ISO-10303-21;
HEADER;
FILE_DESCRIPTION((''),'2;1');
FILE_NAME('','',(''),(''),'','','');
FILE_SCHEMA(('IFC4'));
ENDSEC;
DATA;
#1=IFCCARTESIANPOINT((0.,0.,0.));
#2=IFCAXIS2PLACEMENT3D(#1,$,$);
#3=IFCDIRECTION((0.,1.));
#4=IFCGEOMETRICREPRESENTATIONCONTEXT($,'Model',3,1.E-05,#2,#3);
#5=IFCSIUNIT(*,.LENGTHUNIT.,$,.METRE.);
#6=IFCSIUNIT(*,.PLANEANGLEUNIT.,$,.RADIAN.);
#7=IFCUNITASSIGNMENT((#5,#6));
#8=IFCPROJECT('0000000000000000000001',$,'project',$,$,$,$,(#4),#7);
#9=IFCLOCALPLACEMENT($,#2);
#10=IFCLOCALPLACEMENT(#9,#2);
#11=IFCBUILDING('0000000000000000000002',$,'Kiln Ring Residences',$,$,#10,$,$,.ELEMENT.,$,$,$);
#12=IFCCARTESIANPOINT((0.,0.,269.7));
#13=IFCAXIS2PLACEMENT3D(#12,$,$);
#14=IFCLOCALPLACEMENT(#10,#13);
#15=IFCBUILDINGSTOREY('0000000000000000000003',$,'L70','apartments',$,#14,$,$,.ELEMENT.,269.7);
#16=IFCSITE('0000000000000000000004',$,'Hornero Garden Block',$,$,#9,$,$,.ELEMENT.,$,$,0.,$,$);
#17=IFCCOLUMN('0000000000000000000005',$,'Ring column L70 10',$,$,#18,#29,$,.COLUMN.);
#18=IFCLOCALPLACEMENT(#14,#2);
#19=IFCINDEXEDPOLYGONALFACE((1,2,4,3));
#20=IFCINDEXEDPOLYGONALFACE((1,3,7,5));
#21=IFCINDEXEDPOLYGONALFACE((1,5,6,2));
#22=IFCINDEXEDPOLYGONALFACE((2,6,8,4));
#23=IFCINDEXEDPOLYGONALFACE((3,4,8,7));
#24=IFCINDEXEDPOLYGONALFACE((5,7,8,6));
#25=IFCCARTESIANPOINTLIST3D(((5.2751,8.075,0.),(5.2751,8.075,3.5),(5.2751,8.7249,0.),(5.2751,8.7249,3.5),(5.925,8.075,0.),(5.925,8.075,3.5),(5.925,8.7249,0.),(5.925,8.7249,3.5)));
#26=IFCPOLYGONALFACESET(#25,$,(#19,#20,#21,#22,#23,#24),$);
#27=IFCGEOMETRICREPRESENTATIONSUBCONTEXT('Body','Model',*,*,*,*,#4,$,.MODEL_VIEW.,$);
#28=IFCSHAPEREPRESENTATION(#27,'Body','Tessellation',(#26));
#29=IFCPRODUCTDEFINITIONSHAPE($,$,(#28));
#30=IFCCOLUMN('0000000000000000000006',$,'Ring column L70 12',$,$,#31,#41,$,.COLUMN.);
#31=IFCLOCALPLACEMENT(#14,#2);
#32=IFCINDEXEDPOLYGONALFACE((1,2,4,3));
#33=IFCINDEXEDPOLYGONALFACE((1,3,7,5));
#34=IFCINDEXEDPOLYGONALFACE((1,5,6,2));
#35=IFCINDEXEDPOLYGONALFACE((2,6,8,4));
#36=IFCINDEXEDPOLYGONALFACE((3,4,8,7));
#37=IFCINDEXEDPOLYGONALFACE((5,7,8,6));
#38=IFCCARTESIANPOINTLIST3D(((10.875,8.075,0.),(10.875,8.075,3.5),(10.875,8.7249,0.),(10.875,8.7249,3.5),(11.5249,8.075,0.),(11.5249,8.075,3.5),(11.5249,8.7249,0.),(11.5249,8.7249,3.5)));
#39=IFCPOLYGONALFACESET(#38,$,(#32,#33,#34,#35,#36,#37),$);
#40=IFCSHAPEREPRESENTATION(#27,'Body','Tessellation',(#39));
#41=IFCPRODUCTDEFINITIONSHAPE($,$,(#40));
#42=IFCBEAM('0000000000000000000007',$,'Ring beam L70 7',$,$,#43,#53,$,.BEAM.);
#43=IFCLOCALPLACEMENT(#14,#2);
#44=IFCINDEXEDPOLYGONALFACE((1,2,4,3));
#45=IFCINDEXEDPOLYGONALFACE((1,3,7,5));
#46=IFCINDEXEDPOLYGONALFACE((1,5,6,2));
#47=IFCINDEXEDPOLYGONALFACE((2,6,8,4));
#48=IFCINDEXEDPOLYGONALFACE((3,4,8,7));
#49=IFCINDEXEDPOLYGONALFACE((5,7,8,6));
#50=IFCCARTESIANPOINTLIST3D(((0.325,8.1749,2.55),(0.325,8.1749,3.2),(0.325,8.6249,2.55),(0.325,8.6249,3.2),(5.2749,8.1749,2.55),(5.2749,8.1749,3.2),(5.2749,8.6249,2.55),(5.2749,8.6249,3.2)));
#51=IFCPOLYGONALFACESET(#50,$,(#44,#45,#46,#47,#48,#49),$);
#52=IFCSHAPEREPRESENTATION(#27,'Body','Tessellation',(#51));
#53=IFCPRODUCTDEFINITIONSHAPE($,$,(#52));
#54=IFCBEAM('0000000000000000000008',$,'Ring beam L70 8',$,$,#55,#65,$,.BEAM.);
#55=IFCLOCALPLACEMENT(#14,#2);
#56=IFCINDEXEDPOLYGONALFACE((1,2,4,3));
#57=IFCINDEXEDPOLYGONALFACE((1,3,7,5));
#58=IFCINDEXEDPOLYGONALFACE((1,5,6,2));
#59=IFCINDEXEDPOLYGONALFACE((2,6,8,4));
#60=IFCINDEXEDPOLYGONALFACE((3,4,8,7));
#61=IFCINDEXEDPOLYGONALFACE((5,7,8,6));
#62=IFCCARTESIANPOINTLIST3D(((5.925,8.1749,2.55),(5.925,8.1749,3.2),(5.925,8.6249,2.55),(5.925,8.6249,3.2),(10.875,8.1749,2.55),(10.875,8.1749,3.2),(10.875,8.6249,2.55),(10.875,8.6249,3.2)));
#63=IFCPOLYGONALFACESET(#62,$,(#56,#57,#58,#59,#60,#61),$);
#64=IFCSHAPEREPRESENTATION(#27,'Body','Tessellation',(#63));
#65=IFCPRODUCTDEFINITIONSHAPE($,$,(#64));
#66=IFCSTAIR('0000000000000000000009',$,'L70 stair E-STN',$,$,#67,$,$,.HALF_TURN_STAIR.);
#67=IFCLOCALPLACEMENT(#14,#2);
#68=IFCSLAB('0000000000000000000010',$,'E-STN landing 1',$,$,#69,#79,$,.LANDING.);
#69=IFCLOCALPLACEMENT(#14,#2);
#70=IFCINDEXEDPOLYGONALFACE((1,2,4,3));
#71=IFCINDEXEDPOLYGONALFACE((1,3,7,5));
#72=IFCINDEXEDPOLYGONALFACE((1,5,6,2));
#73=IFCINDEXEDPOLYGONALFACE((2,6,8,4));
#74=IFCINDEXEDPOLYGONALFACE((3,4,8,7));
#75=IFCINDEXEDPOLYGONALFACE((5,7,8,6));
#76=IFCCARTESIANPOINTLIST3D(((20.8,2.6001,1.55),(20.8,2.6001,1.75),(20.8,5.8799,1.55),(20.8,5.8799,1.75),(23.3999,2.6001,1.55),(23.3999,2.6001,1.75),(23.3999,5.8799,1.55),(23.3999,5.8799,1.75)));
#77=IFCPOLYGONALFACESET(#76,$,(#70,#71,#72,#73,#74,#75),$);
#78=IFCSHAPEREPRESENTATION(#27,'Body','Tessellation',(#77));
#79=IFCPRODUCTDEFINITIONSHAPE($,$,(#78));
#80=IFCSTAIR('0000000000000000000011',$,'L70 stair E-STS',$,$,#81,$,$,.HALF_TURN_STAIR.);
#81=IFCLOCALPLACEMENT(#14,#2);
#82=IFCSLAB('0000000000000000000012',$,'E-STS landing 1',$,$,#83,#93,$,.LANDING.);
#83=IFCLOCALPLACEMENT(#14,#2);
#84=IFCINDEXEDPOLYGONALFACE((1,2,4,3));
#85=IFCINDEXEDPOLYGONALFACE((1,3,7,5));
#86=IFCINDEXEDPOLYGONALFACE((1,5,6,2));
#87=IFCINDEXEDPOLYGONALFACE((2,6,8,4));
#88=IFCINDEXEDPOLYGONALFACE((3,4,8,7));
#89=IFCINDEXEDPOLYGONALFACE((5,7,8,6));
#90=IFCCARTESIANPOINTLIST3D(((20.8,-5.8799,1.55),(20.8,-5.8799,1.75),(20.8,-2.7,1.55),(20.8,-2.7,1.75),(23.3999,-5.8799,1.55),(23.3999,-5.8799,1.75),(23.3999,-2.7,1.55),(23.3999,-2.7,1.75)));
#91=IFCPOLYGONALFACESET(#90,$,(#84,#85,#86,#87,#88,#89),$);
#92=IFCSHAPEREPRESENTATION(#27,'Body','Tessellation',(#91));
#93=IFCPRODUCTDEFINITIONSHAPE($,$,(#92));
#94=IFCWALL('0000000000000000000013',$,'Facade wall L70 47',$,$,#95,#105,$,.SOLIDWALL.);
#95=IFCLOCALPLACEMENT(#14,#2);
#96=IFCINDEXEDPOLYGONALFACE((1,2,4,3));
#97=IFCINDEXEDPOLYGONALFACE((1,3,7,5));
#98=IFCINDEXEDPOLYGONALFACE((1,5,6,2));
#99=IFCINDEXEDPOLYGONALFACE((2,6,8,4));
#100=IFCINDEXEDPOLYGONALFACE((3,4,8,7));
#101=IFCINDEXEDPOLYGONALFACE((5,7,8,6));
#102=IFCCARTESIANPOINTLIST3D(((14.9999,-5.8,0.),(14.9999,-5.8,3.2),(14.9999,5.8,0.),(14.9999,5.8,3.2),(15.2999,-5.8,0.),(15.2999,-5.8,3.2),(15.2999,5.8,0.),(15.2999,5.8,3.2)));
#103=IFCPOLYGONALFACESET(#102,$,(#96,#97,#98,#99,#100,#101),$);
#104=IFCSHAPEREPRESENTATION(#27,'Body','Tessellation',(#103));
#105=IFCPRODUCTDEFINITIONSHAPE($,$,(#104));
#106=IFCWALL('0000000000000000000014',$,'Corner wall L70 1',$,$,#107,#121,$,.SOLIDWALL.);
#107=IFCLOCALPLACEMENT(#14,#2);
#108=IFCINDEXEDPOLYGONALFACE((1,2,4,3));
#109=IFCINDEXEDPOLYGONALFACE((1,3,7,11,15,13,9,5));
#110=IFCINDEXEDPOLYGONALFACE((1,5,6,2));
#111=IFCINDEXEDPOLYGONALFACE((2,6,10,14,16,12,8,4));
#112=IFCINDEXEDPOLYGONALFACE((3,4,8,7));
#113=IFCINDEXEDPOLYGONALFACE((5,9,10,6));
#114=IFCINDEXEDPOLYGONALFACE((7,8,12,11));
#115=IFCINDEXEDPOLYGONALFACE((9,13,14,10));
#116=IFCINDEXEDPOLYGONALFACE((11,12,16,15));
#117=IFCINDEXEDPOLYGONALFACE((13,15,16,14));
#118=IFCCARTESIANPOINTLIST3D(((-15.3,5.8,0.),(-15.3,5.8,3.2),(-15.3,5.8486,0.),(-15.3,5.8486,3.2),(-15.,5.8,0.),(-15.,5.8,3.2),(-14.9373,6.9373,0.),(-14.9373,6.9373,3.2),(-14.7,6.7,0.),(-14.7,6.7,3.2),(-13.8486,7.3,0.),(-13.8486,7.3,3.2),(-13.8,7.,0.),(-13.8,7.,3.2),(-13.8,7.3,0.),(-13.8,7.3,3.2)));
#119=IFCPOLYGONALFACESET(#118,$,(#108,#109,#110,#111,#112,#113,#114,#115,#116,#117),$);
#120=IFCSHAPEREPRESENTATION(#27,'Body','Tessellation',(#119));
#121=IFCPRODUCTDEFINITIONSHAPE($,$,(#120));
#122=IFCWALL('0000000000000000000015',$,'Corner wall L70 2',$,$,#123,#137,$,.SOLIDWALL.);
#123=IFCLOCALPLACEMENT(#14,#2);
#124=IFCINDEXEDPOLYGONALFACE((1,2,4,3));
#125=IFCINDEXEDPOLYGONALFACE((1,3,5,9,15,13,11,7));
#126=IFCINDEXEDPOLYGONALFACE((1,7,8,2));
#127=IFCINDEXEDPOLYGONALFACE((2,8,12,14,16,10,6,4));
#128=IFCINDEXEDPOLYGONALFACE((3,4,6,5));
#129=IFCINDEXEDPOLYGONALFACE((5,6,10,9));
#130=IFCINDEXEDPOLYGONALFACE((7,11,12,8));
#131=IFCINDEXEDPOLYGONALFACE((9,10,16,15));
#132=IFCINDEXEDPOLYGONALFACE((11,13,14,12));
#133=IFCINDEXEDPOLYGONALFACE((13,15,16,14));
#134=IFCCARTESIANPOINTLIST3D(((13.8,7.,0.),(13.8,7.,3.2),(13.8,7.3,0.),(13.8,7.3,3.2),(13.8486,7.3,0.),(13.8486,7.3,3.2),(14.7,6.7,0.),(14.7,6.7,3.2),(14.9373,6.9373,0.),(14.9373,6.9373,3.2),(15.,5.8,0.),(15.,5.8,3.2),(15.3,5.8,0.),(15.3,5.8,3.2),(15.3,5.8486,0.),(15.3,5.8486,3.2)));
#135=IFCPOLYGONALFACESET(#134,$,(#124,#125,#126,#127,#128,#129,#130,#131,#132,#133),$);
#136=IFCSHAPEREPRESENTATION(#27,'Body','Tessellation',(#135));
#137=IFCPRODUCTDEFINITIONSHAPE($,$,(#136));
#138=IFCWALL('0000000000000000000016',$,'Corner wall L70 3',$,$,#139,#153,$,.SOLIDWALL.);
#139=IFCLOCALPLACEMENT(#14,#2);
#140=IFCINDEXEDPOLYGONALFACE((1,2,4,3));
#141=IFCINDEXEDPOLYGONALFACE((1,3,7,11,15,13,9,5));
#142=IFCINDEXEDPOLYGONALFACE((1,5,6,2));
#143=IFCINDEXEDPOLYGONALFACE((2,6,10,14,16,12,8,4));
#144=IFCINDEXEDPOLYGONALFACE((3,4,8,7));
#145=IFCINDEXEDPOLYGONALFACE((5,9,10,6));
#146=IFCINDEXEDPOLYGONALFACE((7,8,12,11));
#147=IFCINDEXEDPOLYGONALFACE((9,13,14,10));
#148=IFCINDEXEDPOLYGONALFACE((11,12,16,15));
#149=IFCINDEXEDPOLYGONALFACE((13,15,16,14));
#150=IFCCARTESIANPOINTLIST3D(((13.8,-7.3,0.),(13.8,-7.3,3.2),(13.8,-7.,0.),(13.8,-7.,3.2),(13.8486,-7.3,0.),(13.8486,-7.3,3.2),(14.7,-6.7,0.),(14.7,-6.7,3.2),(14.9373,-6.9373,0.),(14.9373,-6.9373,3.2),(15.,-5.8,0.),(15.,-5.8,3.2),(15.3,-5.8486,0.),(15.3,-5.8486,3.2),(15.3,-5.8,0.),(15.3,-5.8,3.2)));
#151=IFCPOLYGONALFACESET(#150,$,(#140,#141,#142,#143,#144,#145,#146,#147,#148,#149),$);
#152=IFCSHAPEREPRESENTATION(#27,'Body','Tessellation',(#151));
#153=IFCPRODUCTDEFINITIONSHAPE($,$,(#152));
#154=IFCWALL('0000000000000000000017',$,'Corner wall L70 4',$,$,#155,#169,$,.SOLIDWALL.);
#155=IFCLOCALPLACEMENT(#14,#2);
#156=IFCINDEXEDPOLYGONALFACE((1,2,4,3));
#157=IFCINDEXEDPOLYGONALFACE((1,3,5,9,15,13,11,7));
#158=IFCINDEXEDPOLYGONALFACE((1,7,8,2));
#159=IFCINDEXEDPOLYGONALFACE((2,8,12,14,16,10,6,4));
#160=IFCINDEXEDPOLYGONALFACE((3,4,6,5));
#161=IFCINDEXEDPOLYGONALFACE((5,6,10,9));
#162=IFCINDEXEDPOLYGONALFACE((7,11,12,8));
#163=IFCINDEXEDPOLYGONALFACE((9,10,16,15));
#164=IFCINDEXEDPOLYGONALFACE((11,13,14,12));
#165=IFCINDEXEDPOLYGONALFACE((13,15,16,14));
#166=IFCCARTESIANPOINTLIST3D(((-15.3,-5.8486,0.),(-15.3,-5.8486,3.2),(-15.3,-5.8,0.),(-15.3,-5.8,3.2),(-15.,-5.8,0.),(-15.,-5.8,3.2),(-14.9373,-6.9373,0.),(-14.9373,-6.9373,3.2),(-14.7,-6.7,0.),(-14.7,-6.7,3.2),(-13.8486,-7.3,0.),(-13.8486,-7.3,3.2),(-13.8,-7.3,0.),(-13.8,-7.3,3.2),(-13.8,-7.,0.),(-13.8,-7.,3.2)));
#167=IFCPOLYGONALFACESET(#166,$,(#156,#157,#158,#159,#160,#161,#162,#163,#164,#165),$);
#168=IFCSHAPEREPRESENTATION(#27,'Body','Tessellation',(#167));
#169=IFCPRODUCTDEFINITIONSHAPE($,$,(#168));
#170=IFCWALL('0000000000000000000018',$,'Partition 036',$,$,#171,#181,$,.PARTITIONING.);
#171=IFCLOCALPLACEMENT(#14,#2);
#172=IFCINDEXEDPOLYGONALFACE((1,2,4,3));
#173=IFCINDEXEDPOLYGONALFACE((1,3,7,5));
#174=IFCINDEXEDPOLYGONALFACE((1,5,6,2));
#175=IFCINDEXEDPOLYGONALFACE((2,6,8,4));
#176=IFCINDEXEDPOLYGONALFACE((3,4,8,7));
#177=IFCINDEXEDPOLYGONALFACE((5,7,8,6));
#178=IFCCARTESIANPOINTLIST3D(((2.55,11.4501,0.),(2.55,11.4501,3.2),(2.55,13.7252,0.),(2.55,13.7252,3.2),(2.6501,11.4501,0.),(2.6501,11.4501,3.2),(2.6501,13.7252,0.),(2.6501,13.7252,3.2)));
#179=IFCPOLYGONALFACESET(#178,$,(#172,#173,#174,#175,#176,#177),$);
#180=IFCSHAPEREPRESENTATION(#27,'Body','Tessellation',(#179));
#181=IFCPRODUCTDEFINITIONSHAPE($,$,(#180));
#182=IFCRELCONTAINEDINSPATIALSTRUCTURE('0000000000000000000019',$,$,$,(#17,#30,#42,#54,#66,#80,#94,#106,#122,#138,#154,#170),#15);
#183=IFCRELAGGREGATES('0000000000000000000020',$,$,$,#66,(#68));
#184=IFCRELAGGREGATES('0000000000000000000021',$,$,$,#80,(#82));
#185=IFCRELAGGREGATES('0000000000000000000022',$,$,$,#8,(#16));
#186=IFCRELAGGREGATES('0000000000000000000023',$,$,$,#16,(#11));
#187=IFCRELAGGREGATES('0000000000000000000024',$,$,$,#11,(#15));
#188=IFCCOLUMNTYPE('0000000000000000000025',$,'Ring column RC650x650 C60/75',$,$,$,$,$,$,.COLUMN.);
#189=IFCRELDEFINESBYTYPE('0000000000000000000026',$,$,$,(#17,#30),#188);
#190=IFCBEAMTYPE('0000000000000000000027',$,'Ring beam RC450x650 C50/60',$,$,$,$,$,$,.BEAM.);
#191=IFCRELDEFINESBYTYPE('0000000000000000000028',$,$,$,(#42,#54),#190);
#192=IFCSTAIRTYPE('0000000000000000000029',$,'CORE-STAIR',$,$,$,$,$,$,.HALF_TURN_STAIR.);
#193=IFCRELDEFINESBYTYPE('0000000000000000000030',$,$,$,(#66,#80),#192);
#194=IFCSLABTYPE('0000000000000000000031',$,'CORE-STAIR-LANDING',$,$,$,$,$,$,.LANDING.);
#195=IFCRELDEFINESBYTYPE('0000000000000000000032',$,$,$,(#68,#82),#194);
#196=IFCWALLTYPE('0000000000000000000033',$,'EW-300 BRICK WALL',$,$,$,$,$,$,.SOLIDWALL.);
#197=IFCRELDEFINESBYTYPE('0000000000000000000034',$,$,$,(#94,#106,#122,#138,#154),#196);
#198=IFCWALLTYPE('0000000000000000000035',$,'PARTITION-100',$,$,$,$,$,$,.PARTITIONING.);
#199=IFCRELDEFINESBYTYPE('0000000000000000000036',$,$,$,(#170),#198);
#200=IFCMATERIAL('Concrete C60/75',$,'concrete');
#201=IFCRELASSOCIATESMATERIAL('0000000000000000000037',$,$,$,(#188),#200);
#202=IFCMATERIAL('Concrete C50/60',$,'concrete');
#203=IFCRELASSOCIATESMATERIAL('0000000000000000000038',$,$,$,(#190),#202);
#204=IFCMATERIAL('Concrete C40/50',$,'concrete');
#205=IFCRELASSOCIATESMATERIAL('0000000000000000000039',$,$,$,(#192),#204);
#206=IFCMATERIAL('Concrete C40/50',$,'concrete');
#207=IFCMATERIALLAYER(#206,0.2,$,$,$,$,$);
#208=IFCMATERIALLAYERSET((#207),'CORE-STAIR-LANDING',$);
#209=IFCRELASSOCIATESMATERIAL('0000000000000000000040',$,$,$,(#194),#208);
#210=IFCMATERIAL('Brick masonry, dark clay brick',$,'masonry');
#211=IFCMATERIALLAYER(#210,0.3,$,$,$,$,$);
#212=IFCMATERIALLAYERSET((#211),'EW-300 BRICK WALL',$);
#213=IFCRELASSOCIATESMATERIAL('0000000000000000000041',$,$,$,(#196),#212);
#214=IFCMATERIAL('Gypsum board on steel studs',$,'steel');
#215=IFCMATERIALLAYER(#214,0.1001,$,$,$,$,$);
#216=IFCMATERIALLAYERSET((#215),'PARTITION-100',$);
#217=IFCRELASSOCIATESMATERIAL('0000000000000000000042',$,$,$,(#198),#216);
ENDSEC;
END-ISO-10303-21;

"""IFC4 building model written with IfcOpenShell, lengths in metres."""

from ifc_helpers import new_model, si_unit, direction, frame, frame_2d, origin, origin_2d, place, context, subcontext, project, spatial, polyline, rectangle, outline, extrude, material, layer, layer_set, material_profile, profile_set, type_object, element, aggregate, save


model = new_model("IFC4")

# Units and contexts
model_context = context("Model", 3, precision=1e-05, world=origin(), true_north=direction((0.0, 1.0)))
body_context = subcontext(model_context, "Body", "Model", "MODEL_VIEW")
ifc_project = project(units=[si_unit("LENGTHUNIT", "METRE"), si_unit("PLANEANGLEUNIT", "RADIAN")], contexts=[model_context])

# Site, building, storey
site_placement = place(None, origin())
site = spatial("IfcSite", under=ifc_project, at=site_placement, Name="Hornero Garden Block", CompositionType="ELEMENT", RefElevation=0.0)
building_placement = place(site_placement, origin())
building = spatial("IfcBuilding", under=site, at=building_placement, Name="Kiln Ring Residences", CompositionType="ELEMENT")
storey_placement = place(building_placement, frame((0.0, 0.0, 269.7)))
storey = spatial("IfcBuildingStorey", under=building, at=storey_placement, Name="L70", Description="apartments", CompositionType="ELEMENT", Elevation=269.7)

# Columns
ifc_material_1 = material(Name="Concrete C60/75", Category="concrete")
ifc_material_profile_1 = material_profile(ifc_material_1, rectangle(XDim=0.6499, YDim=0.6499, at=origin_2d()), Name="RC650x650")
ifc_profile_set_1 = profile_set([ifc_material_profile_1], Name="Concrete C60/75")
column_type = type_object("IfcColumnType", Name="Ring column RC650x650 C60/75", PredefinedType="COLUMN", material=ifc_profile_set_1)
for number, where, z_axis, x_axis, name in (
    (1, (5.6001, 8.3999, 0.0), (0.0, 0.0, 1.0), (1.0, 0.0, 0.0), "Ring column L70 10"),
    (2, (11.2, 8.3999, 0.0), (0.0, 0.0, 1.0), (1.0, 0.0, 0.0), "Ring column L70 12"),
):
    element("IfcColumn", number, at=place(storey_placement, frame(where, z_axis=z_axis, x_axis=x_axis)), inside=storey, type_object=column_type, Name=name, PredefinedType="COLUMN", context=body_context, shape_type="SweptSolid", body=[
        extrude(rectangle(XDim=0.6499, YDim=0.6499, at=origin_2d()), origin(), (0.0, 0.0, 1.0), 3.5),
    ])

# Beams
ifc_material_2 = material(Name="Concrete C50/60", Category="concrete")
ifc_material_profile_2 = material_profile(ifc_material_2, rectangle(XDim=0.45, YDim=0.6499, at=origin_2d()), Name="RC450x650")
ifc_profile_set_2 = profile_set([ifc_material_profile_2], Name="Concrete C50/60")
beam_type = type_object("IfcBeamType", Name="Ring beam RC450x650 C50/60", PredefinedType="BEAM", material=ifc_profile_set_2)
for number, where, z_axis, x_axis, name in (
    (3, (0.325, 8.3999, 2.875), (1.0, 0.0, 0.0), (0.0, 1.0, 0.0), "Ring beam L70 7"),
    (4, (5.925, 8.3999, 2.875), (1.0, 0.0, 0.0), (0.0, 1.0, 0.0), "Ring beam L70 8"),
):
    element("IfcBeam", number, at=place(storey_placement, frame(where, z_axis=z_axis, x_axis=x_axis)), inside=storey, type_object=beam_type, Name=name, PredefinedType="BEAM", context=body_context, shape_type="SweptSolid", body=[
        extrude(rectangle(XDim=0.45, YDim=0.6499, at=origin_2d()), origin(), (0.0, 0.0, 1.0), 4.95),
    ])

# Stairs, slabs
ifc_material_3 = material(Name="Concrete C40/50", Category="concrete")
stair_type = type_object("IfcStairType", Name="CORE-STAIR", PredefinedType="HALF_TURN_STAIR", material=ifc_material_3)
placement_1 = place(storey_placement, origin())
stair_1 = element("IfcStair", 5, at=placement_1, inside=storey, type_object=stair_type, Name="L70 stair E-STN", PredefinedType="HALF_TURN_STAIR")
ifc_material_4 = material(Name="Concrete C40/50", Category="concrete")
ifc_layer_1 = layer(ifc_material_4, 0.2)
ifc_layer_set_1 = layer_set([ifc_layer_1], Name="CORE-STAIR-LANDING")
slab_type = type_object("IfcSlabType", Name="CORE-STAIR-LANDING", PredefinedType="LANDING", material=ifc_layer_set_1)
placement_2 = place(storey_placement, frame((0.0, 0.0, 1.55)))
slab_1 = element("IfcSlab", 6, at=placement_2, type_object=slab_type, Name="E-STN landing 1", PredefinedType="LANDING", context=body_context, shape_type="SweptSolid", body=[
    extrude(outline(polyline([(20.8, 5.8799), (20.8, 2.6001), (23.3999, 2.6001), (23.3999, 5.8799), (20.8, 5.8799)])), origin(), (0.0, 0.0, 1.0), 0.2),
])
aggregate(stair_1, [slab_1])
stair_2 = element("IfcStair", 7, at=placement_1, inside=storey, type_object=stair_type, Name="L70 stair E-STS", PredefinedType="HALF_TURN_STAIR")
slab_2 = element("IfcSlab", 8, at=placement_2, type_object=slab_type, Name="E-STS landing 1", PredefinedType="LANDING", context=body_context, shape_type="SweptSolid", body=[
    extrude(outline(polyline([(23.3999, -5.8799), (23.3999, -2.7), (20.8, -2.7), (20.8, -5.8799), (23.3999, -5.8799)])), origin(), (0.0, 0.0, 1.0), 0.2),
])
aggregate(stair_2, [slab_2])

# Walls
ifc_material_5 = material(Name="Brick masonry, dark clay brick", Category="masonry")
ifc_layer_2 = layer(ifc_material_5, 0.3)
ifc_layer_set_2 = layer_set([ifc_layer_2], Name="EW-300 BRICK WALL")
wall_type_1 = type_object("IfcWallType", Name="EW-300 BRICK WALL", PredefinedType="SOLIDWALL", material=ifc_layer_set_2)
wall_1_placement = place(storey_placement, frame((15.1499, 5.8, 0.0), z_axis=(0.0, 0.0, 1.0), x_axis=(0.0, -1.0, 0.0)))
element("IfcWall", 9, at=wall_1_placement, inside=storey, type_object=wall_type_1, Name="Facade wall L70 47", PredefinedType="SOLIDWALL", context=body_context, shape_type="SweptSolid", body=[
    extrude(rectangle(XDim=11.6001, YDim=0.3, at=frame_2d((5.8, 0.0))), origin(), (0.0, 0.0, 1.0), 3.2),
])
element("IfcWall", 10, at=placement_1, inside=storey, type_object=wall_type_1, Name="Corner wall L70 1", PredefinedType="SOLIDWALL", context=body_context, shape_type="SweptSolid", body=[
    extrude(outline(polyline([(-13.8486, 7.3), (-14.9373, 6.9373), (-15.3, 5.8486), (-15.3, 5.8), (-15.0, 5.8), (-14.7, 6.7), (-13.8, 7.0), (-13.8, 7.3), (-13.8486, 7.3)])), origin(), (0.0, 0.0, 1.0), 3.2),
])
element("IfcWall", 11, at=placement_1, inside=storey, type_object=wall_type_1, Name="Corner wall L70 2", PredefinedType="SOLIDWALL", context=body_context, shape_type="SweptSolid", body=[
    extrude(outline(polyline([(14.9373, 6.9373), (13.8486, 7.3), (13.8, 7.3), (13.8, 7.0), (14.7, 6.7), (15.0, 5.8), (15.3, 5.8), (15.3, 5.8486), (14.9373, 6.9373)])), origin(), (0.0, 0.0, 1.0), 3.2),
])
element("IfcWall", 12, at=placement_1, inside=storey, type_object=wall_type_1, Name="Corner wall L70 3", PredefinedType="SOLIDWALL", context=body_context, shape_type="SweptSolid", body=[
    extrude(outline(polyline([(14.9373, -6.9373), (15.3, -5.8486), (15.3, -5.8), (15.0, -5.8), (14.7, -6.7), (13.8, -7.0), (13.8, -7.3), (13.8486, -7.3), (14.9373, -6.9373)])), origin(), (0.0, 0.0, 1.0), 3.2),
])
element("IfcWall", 13, at=placement_1, inside=storey, type_object=wall_type_1, Name="Corner wall L70 4", PredefinedType="SOLIDWALL", context=body_context, shape_type="SweptSolid", body=[
    extrude(outline(polyline([(-14.9373, -6.9373), (-13.8486, -7.3), (-13.8, -7.3), (-13.8, -7.0), (-14.7, -6.7), (-15.0, -5.8), (-15.3, -5.8), (-15.3, -5.8486), (-14.9373, -6.9373)])), origin(), (0.0, 0.0, 1.0), 3.2),
])
ifc_material_6 = material(Name="Gypsum board on steel studs", Category="steel")
ifc_layer_3 = layer(ifc_material_6, 0.1001)
ifc_layer_set_3 = layer_set([ifc_layer_3], Name="PARTITION-100")
wall_type_2 = type_object("IfcWallType", Name="PARTITION-100", PredefinedType="PARTITIONING", material=ifc_layer_set_3)
wall_2_placement = place(storey_placement, frame((2.6001, 11.45, 0.0), z_axis=(0.0, 0.0, 1.0), x_axis=(0.0, 1.0, 0.0)))
element("IfcWall", 14, at=wall_2_placement, inside=storey, type_object=wall_type_2, Name="Partition 036", PredefinedType="PARTITIONING", context=body_context, shape_type="SweptSolid", body=[
    extrude(rectangle(XDim=2.2751, YDim=0.1001, at=frame_2d((1.1377, 0.0))), origin(), (0.0, 0.0, 1.0), 3.2),
])

save(model, "model.ifc")
